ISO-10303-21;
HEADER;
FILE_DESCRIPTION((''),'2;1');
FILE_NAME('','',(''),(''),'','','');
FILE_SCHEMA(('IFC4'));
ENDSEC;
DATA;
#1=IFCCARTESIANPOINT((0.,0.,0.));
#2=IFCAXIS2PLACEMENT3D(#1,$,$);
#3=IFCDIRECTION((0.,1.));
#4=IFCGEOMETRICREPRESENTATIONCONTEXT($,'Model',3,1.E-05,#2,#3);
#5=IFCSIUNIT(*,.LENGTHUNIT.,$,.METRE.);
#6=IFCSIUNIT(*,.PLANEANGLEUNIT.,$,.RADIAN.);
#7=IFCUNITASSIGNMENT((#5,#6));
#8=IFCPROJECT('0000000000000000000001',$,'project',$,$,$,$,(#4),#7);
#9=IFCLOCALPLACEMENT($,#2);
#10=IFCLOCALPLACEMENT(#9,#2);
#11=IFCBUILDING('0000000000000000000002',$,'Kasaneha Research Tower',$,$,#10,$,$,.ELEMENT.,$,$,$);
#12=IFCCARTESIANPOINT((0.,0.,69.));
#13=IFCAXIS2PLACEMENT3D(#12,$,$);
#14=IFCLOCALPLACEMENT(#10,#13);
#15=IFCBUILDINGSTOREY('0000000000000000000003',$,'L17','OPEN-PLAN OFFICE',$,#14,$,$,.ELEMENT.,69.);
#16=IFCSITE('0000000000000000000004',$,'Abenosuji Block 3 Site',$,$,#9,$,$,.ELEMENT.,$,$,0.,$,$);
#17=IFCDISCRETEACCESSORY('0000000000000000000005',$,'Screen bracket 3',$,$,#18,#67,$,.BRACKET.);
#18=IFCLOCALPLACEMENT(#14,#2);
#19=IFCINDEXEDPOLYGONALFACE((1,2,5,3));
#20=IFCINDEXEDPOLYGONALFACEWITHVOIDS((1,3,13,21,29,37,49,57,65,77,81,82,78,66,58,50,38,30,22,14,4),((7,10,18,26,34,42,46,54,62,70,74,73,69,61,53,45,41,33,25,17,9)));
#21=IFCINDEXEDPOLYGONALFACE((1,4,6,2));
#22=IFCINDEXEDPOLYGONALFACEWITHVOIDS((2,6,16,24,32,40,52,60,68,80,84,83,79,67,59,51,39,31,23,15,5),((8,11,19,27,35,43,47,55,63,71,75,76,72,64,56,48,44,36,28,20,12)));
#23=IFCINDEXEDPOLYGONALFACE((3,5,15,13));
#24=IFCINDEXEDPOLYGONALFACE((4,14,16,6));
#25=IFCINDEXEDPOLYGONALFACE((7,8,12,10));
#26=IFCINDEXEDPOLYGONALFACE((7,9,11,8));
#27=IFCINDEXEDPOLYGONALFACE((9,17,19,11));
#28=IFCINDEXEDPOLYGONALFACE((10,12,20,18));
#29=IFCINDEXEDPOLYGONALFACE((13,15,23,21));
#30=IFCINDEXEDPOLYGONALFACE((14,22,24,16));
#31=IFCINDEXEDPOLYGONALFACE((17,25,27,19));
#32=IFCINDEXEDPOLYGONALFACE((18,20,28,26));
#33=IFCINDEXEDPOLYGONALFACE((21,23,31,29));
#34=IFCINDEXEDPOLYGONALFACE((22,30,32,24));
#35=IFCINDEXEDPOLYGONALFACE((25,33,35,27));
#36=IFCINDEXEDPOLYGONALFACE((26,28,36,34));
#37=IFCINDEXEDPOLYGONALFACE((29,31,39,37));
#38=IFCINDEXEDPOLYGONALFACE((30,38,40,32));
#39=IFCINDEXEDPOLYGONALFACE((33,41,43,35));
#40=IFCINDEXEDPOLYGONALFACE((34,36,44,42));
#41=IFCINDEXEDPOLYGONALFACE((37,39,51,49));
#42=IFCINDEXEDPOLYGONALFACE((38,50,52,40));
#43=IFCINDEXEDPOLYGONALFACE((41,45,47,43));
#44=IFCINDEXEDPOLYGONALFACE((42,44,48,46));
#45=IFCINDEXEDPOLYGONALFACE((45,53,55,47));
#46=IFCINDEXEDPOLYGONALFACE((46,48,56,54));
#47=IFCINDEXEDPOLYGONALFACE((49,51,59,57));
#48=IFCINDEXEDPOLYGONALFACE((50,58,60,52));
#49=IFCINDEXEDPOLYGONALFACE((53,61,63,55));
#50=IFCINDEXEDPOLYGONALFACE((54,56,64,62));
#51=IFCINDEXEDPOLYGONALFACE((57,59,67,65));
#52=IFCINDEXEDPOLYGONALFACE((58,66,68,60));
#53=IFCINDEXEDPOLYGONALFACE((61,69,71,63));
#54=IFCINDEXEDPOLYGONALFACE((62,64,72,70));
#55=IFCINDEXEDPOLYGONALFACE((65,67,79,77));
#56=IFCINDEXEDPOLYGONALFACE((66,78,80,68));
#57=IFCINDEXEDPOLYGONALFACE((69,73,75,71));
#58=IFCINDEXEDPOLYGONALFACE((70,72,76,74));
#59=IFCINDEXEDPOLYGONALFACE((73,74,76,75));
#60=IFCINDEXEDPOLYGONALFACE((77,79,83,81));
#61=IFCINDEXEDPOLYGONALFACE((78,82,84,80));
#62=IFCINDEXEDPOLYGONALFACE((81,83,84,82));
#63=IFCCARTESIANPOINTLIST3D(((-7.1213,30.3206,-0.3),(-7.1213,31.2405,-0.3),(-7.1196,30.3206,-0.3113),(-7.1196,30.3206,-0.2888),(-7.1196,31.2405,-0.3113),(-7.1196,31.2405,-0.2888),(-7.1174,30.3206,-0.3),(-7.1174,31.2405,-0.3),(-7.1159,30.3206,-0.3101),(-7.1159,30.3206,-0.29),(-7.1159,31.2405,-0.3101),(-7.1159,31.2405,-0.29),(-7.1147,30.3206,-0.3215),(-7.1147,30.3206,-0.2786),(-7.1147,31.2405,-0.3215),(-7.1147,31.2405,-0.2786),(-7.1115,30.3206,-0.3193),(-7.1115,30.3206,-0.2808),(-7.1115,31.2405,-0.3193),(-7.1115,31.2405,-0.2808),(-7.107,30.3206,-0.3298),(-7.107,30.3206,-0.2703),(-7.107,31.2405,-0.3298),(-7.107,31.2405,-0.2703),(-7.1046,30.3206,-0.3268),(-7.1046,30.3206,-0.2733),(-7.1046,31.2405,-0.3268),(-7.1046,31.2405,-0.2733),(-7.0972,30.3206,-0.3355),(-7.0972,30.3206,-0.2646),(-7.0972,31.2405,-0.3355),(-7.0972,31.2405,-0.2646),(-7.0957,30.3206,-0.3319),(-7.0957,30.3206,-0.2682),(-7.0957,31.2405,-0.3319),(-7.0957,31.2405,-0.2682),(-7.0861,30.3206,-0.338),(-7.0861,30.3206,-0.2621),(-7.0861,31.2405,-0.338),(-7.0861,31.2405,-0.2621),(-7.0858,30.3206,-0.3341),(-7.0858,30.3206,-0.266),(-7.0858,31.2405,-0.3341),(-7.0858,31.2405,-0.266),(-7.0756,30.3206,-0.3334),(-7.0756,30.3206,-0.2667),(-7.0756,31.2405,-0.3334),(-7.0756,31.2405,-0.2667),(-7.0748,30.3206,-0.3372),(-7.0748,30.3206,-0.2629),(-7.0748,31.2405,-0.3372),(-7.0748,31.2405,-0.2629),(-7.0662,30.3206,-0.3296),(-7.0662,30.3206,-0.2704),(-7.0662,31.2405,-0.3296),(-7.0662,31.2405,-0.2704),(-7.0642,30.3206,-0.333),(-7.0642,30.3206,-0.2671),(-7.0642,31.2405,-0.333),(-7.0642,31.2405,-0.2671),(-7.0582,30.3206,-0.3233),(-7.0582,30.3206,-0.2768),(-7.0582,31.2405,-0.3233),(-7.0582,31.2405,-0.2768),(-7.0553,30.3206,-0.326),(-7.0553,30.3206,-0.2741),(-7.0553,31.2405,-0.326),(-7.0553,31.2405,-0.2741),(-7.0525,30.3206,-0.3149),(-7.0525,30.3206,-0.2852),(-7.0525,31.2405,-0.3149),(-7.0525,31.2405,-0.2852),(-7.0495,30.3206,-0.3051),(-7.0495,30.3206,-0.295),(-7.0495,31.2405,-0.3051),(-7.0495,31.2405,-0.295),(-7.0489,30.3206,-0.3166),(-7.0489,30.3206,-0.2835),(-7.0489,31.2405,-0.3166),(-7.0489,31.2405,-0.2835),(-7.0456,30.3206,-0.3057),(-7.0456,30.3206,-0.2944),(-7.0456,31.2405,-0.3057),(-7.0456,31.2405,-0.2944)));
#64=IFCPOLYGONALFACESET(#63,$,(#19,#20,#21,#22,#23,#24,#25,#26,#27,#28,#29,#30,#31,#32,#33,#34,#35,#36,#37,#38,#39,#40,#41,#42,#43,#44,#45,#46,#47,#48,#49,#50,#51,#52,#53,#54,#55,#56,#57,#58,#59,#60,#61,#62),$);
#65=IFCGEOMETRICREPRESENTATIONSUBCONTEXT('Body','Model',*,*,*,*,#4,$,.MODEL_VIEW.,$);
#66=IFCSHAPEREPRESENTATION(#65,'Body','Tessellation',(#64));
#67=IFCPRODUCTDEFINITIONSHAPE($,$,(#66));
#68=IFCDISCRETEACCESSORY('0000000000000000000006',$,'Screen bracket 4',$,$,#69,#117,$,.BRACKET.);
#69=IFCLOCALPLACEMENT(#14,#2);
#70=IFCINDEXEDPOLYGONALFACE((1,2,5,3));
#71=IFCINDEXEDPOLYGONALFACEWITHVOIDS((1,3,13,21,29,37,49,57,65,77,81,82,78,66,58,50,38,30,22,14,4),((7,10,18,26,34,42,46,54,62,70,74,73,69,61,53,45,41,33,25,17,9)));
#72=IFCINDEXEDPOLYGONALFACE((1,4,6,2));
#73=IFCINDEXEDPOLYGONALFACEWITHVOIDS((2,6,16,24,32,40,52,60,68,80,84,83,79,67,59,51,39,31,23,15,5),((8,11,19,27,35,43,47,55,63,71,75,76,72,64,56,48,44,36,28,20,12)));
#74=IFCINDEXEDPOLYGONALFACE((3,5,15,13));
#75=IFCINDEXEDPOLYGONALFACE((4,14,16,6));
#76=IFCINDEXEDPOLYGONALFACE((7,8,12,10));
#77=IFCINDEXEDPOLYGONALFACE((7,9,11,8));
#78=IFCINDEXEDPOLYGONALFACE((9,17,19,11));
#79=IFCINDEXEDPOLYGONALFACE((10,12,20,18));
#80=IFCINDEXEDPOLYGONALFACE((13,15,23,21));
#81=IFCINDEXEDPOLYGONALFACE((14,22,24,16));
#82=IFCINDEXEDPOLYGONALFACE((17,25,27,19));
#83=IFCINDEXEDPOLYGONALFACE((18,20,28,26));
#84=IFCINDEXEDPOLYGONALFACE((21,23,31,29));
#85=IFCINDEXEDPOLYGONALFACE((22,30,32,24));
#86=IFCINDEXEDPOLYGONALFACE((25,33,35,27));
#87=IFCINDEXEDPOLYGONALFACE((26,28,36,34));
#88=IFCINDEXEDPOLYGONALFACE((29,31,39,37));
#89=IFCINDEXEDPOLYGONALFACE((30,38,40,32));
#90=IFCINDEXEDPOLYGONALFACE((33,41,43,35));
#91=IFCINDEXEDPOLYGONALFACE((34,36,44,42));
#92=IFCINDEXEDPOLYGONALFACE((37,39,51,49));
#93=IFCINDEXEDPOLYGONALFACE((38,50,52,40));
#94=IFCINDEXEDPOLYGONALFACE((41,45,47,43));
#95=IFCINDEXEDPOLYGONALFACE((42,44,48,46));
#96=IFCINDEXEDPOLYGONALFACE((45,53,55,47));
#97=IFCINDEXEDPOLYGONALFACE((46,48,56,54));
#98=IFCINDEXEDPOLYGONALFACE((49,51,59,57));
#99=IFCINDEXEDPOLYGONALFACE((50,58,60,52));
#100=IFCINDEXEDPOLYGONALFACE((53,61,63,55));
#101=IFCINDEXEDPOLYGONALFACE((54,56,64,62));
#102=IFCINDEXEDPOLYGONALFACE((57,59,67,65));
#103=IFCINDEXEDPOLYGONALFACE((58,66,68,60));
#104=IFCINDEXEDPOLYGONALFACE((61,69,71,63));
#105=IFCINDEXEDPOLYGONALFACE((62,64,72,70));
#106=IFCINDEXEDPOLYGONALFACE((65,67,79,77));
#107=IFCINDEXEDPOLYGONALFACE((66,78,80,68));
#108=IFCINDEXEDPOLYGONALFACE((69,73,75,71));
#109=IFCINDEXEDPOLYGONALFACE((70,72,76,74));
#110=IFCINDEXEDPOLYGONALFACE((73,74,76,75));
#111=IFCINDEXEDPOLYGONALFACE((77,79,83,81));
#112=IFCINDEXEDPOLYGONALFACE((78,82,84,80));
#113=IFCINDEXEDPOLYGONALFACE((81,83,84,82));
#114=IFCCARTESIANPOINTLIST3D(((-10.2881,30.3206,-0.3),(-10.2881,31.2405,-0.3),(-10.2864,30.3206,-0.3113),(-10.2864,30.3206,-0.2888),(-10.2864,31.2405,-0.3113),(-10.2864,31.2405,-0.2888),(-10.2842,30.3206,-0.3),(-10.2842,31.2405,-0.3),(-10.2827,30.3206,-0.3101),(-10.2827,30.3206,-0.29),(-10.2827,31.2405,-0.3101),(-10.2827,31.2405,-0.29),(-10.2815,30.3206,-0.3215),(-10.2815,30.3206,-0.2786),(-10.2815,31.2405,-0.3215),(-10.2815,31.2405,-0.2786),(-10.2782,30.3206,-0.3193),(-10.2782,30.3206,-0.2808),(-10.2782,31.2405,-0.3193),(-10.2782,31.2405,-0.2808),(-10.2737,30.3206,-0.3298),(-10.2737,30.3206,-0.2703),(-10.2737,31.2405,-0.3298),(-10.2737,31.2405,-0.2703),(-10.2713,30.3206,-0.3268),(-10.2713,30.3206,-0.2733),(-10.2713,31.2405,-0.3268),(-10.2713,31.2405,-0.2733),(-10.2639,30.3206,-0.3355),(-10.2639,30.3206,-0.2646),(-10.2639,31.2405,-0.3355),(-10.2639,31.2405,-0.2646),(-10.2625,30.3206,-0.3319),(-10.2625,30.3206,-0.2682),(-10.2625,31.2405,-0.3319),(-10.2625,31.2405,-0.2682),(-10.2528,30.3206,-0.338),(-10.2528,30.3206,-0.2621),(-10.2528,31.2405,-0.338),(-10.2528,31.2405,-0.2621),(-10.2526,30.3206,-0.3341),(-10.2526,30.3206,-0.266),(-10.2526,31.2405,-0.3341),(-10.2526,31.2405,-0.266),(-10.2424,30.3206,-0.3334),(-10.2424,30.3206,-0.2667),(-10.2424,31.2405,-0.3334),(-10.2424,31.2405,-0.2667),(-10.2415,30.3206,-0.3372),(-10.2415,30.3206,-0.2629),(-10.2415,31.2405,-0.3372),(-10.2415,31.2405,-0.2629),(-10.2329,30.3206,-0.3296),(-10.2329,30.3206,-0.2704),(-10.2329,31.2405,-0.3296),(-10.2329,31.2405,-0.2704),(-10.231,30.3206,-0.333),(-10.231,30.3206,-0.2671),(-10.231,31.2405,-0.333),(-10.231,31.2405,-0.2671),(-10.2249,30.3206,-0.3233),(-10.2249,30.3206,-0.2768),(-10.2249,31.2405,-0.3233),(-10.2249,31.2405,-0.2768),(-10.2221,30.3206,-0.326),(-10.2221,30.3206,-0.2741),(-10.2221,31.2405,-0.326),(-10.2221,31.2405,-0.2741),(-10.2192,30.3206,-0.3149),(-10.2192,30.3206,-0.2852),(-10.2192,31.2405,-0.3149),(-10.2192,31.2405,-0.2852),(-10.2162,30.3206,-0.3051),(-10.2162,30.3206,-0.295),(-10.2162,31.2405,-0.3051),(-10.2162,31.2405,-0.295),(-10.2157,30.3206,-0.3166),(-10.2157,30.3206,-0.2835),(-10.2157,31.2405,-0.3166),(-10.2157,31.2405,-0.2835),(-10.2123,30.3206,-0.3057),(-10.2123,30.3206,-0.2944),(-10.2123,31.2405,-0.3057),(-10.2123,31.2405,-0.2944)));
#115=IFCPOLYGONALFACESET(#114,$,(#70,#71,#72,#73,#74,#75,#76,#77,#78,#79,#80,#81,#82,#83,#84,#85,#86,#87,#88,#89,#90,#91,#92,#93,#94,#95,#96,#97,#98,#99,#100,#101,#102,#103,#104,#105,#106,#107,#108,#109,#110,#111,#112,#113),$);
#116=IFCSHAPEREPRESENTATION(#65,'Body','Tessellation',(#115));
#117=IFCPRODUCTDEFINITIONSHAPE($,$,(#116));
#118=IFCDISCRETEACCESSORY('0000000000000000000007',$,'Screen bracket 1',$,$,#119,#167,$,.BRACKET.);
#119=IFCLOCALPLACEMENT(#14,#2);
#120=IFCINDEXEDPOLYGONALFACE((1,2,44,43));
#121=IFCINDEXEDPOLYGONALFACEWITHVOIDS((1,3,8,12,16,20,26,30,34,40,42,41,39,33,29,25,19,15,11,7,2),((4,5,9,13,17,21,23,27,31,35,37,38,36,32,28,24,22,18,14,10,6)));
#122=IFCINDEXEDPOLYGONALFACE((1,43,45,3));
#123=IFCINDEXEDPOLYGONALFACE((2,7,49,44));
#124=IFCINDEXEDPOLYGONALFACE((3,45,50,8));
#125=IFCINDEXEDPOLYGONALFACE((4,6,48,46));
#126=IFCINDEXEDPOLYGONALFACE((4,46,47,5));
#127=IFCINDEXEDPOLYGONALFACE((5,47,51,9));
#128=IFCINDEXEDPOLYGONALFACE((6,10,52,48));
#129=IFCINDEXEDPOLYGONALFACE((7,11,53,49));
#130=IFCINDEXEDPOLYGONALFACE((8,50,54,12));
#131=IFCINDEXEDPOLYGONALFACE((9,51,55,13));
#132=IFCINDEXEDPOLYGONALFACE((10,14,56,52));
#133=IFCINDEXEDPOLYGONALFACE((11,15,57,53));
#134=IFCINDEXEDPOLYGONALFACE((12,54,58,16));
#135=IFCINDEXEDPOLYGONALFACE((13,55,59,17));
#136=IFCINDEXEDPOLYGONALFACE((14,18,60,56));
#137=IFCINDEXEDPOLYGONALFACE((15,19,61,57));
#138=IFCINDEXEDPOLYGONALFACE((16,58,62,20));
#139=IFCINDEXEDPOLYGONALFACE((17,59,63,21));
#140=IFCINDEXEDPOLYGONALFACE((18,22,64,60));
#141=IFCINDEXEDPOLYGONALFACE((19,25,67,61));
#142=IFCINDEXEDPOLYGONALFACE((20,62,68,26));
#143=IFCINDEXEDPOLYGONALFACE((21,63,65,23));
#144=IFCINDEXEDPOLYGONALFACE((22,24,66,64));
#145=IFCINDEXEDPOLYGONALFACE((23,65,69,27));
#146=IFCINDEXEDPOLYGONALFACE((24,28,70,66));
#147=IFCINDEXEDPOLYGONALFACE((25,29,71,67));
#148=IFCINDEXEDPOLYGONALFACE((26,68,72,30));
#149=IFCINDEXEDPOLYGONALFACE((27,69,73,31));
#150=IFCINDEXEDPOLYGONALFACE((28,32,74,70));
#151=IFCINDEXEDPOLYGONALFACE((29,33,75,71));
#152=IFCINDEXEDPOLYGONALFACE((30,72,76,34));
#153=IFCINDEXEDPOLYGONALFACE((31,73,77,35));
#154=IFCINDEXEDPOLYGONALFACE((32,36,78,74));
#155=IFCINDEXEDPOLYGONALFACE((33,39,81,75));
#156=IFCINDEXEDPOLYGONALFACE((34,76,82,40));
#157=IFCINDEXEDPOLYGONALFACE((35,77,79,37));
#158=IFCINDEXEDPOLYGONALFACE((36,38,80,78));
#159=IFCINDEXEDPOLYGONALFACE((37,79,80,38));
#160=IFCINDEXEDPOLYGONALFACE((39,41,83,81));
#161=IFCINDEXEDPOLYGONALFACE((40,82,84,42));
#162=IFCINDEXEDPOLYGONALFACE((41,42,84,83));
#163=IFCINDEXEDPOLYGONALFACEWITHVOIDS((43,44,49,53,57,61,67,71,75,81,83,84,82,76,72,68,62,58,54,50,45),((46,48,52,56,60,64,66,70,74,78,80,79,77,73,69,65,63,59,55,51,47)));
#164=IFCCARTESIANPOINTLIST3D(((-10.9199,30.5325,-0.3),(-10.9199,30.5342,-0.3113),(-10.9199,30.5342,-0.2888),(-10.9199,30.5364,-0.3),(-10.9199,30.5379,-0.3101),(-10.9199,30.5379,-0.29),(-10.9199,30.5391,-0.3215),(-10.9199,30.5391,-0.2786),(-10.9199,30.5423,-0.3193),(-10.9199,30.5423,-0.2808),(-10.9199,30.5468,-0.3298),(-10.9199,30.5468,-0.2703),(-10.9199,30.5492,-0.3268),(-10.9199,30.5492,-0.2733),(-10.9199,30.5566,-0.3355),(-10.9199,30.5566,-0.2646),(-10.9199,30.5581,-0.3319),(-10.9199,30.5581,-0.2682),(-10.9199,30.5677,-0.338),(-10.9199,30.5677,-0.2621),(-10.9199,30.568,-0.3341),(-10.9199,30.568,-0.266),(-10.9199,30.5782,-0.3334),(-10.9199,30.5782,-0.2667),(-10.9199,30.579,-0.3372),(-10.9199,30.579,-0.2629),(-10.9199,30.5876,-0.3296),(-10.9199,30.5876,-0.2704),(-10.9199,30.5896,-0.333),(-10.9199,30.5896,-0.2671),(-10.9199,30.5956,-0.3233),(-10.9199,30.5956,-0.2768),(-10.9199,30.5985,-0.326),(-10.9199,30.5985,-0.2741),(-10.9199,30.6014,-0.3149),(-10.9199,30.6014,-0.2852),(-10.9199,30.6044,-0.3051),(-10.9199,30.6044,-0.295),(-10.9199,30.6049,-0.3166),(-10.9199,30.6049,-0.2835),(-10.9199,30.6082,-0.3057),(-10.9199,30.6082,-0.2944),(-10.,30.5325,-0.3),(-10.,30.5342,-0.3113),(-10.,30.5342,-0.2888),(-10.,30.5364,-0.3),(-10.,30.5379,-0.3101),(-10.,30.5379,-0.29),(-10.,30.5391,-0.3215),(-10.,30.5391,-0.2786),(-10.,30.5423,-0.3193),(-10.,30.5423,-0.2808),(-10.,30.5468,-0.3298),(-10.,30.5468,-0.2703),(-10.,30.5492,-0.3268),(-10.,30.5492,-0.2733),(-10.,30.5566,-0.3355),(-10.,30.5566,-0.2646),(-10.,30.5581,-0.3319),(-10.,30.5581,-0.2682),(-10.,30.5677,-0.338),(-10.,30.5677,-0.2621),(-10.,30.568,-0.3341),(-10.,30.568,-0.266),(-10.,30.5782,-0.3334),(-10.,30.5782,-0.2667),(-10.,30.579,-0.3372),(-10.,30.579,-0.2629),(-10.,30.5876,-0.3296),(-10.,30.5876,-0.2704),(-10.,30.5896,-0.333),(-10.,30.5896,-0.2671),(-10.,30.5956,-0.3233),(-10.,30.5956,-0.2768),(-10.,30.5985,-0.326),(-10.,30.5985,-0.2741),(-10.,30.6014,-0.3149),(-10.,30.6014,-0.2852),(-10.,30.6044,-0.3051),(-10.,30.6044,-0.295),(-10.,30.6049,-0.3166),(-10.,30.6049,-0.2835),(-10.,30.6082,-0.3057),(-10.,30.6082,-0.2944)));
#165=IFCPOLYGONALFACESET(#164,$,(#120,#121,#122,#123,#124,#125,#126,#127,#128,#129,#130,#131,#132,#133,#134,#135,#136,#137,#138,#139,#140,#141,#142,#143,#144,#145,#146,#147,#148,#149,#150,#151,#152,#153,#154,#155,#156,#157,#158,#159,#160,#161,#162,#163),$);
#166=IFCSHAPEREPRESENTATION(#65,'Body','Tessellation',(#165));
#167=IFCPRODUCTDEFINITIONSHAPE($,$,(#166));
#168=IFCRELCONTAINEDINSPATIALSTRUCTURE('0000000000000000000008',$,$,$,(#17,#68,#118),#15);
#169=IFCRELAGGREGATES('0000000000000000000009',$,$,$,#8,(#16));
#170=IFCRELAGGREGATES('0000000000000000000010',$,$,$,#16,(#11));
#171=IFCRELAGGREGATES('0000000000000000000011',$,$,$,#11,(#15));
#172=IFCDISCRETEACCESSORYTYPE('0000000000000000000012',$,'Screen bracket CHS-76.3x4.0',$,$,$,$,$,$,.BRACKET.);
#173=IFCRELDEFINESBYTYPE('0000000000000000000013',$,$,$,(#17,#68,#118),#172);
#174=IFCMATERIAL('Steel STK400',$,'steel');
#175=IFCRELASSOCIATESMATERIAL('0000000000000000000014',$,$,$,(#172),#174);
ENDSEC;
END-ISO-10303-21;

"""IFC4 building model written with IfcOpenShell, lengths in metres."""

from ifc_helpers import new_model, si_unit, direction, frame, origin, origin_2d, place, context, subcontext, project, spatial, hollow_circle, extrude, material, material_profile, profile_set, type_object, element, save


model = new_model("IFC4")

# Units and contexts
model_context = context("Model", 3, precision=1e-05, world=origin(), true_north=direction((0.0, 1.0)))
body_context = subcontext(model_context, "Body", "Model", "MODEL_VIEW")
ifc_project = project(units=[si_unit("LENGTHUNIT", "METRE"), si_unit("PLANEANGLEUNIT", "RADIAN")], contexts=[model_context])

# Site, building, storey
site_placement = place(None, origin())
site = spatial("IfcSite", under=ifc_project, at=site_placement, Name="Abenosuji Block 3 Site", CompositionType="ELEMENT", RefElevation=0.0)
building_placement = place(site_placement, origin())
building = spatial("IfcBuilding", under=site, at=building_placement, Name="Kasaneha Research Tower", CompositionType="ELEMENT")
storey_placement = place(building_placement, frame((0.0, 0.0, 69.0)))
storey = spatial("IfcBuildingStorey", under=building, at=storey_placement, Name="L17", Description="OPEN-PLAN OFFICE", CompositionType="ELEMENT", Elevation=69.0)

# Discrete accessories
ifc_material_1 = material(Name="Steel STK400", Category="steel")
ifc_material_profile_1 = material_profile(ifc_material_1, hollow_circle(Radius=0.0381, WallThickness=0.0039, at=origin_2d()), Name="CHS-76.3x4.0")
ifc_profile_set_1 = profile_set([ifc_material_profile_1], Name="Steel STK400")
discrete_accessory_type = type_object("IfcDiscreteAccessoryType", Name="Screen bracket CHS-76.3x4.0", PredefinedType="BRACKET", material=ifc_profile_set_1)
for number, where, z_axis, x_axis, name in (
    (1, (-7.0833, 30.3206, -0.3), (0.0, 1.0, 0.0), (-1.0, 0.0, 0.0), "Screen bracket 3"),
    (2, (-10.25, 30.3206, -0.3), (0.0, 1.0, 0.0), (-1.0, 0.0, 0.0), "Screen bracket 4"),
    (3, (-10.0, 30.5706, -0.3), (-1.0, 0.0, 0.0), (0.0, -1.0, 0.0), "Screen bracket 1"),
):
    element("IfcDiscreteAccessory", number, at=place(storey_placement, frame(where, z_axis=z_axis, x_axis=x_axis)), inside=storey, type_object=discrete_accessory_type, Name=name, PredefinedType="BRACKET", context=body_context, shape_type="SweptSolid", body=[
        extrude(hollow_circle(Radius=0.0381, WallThickness=0.0039, at=origin_2d()), origin(), (0.0, 0.0, 1.0), 0.9199),
    ])

save(model, "model.ifc")
